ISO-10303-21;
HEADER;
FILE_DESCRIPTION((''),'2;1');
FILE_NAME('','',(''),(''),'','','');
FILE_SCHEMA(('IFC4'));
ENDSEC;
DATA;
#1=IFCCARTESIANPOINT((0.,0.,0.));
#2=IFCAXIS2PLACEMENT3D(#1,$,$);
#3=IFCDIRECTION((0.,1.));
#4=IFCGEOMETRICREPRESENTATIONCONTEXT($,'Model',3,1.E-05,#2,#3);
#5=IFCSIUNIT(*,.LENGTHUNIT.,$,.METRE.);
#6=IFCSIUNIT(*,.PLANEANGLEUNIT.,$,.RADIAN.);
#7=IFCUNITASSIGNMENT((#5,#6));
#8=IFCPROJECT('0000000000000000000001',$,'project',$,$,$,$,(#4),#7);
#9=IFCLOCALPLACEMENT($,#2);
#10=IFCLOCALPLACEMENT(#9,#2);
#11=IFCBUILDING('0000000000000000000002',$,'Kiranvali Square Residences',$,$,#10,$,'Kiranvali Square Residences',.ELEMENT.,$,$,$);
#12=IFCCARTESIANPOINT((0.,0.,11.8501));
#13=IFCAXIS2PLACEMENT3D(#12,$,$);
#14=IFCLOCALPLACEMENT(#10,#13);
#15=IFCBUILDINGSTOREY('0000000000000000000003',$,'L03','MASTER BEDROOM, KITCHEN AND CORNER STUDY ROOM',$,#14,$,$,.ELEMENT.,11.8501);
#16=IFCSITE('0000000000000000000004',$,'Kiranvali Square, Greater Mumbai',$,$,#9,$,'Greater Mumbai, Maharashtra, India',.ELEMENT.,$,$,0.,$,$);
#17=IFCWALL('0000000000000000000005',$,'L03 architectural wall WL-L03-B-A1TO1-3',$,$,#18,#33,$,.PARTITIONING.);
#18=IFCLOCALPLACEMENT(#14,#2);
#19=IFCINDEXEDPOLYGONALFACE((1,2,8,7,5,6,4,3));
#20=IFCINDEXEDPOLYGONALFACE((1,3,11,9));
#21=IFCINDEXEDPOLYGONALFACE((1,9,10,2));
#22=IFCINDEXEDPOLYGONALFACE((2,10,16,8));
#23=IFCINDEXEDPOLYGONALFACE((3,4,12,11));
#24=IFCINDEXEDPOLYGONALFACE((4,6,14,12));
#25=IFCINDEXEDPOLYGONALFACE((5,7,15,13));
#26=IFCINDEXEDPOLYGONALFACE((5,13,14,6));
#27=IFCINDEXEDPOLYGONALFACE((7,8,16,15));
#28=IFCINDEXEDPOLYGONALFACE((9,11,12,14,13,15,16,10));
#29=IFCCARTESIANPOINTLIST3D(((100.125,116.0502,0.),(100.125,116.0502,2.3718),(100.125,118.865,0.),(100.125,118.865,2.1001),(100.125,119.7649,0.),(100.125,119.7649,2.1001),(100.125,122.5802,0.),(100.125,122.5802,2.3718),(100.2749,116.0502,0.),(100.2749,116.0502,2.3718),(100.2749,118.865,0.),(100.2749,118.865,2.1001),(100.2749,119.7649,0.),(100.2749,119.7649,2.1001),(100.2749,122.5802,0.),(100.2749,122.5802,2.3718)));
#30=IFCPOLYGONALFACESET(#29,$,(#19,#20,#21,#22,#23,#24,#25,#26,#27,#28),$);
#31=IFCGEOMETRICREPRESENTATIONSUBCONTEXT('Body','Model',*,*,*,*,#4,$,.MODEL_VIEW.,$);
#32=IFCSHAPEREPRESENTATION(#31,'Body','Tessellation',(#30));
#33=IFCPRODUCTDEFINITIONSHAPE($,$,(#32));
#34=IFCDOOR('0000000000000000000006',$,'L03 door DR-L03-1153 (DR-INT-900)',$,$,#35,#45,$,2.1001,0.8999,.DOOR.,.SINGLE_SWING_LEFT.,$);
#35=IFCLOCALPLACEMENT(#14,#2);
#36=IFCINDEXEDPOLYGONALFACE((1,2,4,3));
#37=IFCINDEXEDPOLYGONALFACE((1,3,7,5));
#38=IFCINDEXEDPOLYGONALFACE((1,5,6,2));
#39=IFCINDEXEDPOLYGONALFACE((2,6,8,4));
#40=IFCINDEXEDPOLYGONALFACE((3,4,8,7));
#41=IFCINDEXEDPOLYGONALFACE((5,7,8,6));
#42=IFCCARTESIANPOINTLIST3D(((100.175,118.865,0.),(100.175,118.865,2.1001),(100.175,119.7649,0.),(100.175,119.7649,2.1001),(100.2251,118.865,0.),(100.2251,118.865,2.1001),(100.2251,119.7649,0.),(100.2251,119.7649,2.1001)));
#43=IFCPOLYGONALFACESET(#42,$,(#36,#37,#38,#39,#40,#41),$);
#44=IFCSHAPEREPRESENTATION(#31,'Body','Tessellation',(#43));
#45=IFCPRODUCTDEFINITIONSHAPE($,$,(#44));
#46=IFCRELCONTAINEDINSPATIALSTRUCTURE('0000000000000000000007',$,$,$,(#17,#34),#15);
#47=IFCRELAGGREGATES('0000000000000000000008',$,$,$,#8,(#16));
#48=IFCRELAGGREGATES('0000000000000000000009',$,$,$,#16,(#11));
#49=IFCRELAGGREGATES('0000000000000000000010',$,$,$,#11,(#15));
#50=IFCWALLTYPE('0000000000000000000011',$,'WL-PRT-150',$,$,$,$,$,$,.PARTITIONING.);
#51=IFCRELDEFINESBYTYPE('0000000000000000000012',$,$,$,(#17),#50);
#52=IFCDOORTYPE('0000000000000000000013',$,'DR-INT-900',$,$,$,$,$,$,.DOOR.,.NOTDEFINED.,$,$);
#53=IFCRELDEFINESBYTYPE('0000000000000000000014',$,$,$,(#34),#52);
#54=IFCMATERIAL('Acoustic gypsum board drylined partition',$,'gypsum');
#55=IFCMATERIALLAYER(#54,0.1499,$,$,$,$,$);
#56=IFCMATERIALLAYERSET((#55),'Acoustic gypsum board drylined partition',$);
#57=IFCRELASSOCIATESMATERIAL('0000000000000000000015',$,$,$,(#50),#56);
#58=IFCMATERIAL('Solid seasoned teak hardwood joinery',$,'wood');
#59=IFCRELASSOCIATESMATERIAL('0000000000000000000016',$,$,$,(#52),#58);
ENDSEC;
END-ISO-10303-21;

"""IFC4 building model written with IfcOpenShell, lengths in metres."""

from ifc_helpers import new_model, si_unit, direction, frame, frame_2d, origin, place, context, subcontext, project, spatial, rectangle, extrude, material, layer, layer_set, type_object, element, fill, save


model = new_model("IFC4")

# Units and contexts
model_context = context("Model", 3, precision=1e-05, world=origin(), true_north=direction((0.0, 1.0)))
body_context = subcontext(model_context, "Body", "Model", "MODEL_VIEW")
ifc_project = project(units=[si_unit("LENGTHUNIT", "METRE"), si_unit("PLANEANGLEUNIT", "RADIAN")], contexts=[model_context])

# Site, building, storey
site_placement = place(None, origin())
site = spatial("IfcSite", under=ifc_project, at=site_placement, Name="Kiranvali Square, Greater Mumbai", LongName="Greater Mumbai, Maharashtra, India", CompositionType="ELEMENT", RefElevation=0.0)
building_placement = place(site_placement, origin())
building = spatial("IfcBuilding", under=site, at=building_placement, Name="Kiranvali Square Residences", LongName="Kiranvali Square Residences", CompositionType="ELEMENT")
storey_placement = place(building_placement, frame((0.0, 0.0, 11.8501)))
storey = spatial("IfcBuildingStorey", under=building, at=storey_placement, Name="L03", Description="MASTER BEDROOM, KITCHEN AND CORNER STUDY ROOM", CompositionType="ELEMENT", Elevation=11.8501)

# Wall, opening, door
ifc_material_1 = material(Name="Acoustic gypsum board drylined partition", Category="gypsum")
ifc_layer_1 = layer(ifc_material_1, 0.1499)
ifc_layer_set_1 = layer_set([ifc_layer_1], Name="Acoustic gypsum board drylined partition")
wall_type_1 = type_object("IfcWallType", Name="WL-PRT-150", PredefinedType="PARTITIONING", material=ifc_layer_set_1)
ifc_material_2 = material(Name="Solid seasoned teak hardwood joinery", Category="wood")
door_type = type_object("IfcDoorType", Name="DR-INT-900", OperationType="NOTDEFINED", PredefinedType="DOOR", material=ifc_material_2)
wall_1_placement = place(storey_placement, frame((100.2, 116.05, 0.0), z_axis=(0.0, 0.0, 1.0), x_axis=(0.0, 1.0, 0.0)))
wall_1 = element("IfcWall", 1, at=wall_1_placement, inside=storey, type_object=wall_type_1, Name="L03 architectural wall WL-L03-B-A1TO1-3", PredefinedType="PARTITIONING", context=body_context, shape_type="SweptSolid", body=[
    extrude(rectangle(XDim=6.53, YDim=0.1499, at=frame_2d((3.2651, 0.0))), origin(), (0.0, 0.0, 1.0), 2.3718),
])
opening_1_placement = place(wall_1_placement, frame((2.8149, 0.0, 0.0)))
opening_1 = element("IfcOpeningElement", 2, at=opening_1_placement, cuts=wall_1, PredefinedType="OPENING", context=body_context, shape_type="SweptSolid", body=[
    extrude(rectangle(XDim=0.8999, YDim=2.1001, at=frame_2d((0.45, 1.05))), frame((0.0, 0.085, 0.0), z_axis=(0.0, -1.0, 0.0), x_axis=(1.0, 0.0, 0.0)), (0.0, 0.0, 1.0), 0.1699),
])
door_1_placement = place(opening_1_placement, origin())
door_1 = element("IfcDoor", 3, at=door_1_placement, inside=storey, type_object=door_type, Name="L03 door DR-L03-1153 (DR-INT-900)", OperationType="SINGLE_SWING_LEFT", OverallHeight=2.1001, OverallWidth=0.8999, PredefinedType="DOOR", context=body_context, shape_type="SweptSolid", body=[
    extrude(rectangle(XDim=0.8999, YDim=2.1001, at=frame_2d((0.45, 1.05))), frame((0.0, 0.0249, 0.0), z_axis=(0.0, -1.0, 0.0), x_axis=(1.0, 0.0, 0.0)), (0.0, 0.0, 1.0), 0.05),
])
fill(opening_1, door_1)

save(model, "model.ifc")
